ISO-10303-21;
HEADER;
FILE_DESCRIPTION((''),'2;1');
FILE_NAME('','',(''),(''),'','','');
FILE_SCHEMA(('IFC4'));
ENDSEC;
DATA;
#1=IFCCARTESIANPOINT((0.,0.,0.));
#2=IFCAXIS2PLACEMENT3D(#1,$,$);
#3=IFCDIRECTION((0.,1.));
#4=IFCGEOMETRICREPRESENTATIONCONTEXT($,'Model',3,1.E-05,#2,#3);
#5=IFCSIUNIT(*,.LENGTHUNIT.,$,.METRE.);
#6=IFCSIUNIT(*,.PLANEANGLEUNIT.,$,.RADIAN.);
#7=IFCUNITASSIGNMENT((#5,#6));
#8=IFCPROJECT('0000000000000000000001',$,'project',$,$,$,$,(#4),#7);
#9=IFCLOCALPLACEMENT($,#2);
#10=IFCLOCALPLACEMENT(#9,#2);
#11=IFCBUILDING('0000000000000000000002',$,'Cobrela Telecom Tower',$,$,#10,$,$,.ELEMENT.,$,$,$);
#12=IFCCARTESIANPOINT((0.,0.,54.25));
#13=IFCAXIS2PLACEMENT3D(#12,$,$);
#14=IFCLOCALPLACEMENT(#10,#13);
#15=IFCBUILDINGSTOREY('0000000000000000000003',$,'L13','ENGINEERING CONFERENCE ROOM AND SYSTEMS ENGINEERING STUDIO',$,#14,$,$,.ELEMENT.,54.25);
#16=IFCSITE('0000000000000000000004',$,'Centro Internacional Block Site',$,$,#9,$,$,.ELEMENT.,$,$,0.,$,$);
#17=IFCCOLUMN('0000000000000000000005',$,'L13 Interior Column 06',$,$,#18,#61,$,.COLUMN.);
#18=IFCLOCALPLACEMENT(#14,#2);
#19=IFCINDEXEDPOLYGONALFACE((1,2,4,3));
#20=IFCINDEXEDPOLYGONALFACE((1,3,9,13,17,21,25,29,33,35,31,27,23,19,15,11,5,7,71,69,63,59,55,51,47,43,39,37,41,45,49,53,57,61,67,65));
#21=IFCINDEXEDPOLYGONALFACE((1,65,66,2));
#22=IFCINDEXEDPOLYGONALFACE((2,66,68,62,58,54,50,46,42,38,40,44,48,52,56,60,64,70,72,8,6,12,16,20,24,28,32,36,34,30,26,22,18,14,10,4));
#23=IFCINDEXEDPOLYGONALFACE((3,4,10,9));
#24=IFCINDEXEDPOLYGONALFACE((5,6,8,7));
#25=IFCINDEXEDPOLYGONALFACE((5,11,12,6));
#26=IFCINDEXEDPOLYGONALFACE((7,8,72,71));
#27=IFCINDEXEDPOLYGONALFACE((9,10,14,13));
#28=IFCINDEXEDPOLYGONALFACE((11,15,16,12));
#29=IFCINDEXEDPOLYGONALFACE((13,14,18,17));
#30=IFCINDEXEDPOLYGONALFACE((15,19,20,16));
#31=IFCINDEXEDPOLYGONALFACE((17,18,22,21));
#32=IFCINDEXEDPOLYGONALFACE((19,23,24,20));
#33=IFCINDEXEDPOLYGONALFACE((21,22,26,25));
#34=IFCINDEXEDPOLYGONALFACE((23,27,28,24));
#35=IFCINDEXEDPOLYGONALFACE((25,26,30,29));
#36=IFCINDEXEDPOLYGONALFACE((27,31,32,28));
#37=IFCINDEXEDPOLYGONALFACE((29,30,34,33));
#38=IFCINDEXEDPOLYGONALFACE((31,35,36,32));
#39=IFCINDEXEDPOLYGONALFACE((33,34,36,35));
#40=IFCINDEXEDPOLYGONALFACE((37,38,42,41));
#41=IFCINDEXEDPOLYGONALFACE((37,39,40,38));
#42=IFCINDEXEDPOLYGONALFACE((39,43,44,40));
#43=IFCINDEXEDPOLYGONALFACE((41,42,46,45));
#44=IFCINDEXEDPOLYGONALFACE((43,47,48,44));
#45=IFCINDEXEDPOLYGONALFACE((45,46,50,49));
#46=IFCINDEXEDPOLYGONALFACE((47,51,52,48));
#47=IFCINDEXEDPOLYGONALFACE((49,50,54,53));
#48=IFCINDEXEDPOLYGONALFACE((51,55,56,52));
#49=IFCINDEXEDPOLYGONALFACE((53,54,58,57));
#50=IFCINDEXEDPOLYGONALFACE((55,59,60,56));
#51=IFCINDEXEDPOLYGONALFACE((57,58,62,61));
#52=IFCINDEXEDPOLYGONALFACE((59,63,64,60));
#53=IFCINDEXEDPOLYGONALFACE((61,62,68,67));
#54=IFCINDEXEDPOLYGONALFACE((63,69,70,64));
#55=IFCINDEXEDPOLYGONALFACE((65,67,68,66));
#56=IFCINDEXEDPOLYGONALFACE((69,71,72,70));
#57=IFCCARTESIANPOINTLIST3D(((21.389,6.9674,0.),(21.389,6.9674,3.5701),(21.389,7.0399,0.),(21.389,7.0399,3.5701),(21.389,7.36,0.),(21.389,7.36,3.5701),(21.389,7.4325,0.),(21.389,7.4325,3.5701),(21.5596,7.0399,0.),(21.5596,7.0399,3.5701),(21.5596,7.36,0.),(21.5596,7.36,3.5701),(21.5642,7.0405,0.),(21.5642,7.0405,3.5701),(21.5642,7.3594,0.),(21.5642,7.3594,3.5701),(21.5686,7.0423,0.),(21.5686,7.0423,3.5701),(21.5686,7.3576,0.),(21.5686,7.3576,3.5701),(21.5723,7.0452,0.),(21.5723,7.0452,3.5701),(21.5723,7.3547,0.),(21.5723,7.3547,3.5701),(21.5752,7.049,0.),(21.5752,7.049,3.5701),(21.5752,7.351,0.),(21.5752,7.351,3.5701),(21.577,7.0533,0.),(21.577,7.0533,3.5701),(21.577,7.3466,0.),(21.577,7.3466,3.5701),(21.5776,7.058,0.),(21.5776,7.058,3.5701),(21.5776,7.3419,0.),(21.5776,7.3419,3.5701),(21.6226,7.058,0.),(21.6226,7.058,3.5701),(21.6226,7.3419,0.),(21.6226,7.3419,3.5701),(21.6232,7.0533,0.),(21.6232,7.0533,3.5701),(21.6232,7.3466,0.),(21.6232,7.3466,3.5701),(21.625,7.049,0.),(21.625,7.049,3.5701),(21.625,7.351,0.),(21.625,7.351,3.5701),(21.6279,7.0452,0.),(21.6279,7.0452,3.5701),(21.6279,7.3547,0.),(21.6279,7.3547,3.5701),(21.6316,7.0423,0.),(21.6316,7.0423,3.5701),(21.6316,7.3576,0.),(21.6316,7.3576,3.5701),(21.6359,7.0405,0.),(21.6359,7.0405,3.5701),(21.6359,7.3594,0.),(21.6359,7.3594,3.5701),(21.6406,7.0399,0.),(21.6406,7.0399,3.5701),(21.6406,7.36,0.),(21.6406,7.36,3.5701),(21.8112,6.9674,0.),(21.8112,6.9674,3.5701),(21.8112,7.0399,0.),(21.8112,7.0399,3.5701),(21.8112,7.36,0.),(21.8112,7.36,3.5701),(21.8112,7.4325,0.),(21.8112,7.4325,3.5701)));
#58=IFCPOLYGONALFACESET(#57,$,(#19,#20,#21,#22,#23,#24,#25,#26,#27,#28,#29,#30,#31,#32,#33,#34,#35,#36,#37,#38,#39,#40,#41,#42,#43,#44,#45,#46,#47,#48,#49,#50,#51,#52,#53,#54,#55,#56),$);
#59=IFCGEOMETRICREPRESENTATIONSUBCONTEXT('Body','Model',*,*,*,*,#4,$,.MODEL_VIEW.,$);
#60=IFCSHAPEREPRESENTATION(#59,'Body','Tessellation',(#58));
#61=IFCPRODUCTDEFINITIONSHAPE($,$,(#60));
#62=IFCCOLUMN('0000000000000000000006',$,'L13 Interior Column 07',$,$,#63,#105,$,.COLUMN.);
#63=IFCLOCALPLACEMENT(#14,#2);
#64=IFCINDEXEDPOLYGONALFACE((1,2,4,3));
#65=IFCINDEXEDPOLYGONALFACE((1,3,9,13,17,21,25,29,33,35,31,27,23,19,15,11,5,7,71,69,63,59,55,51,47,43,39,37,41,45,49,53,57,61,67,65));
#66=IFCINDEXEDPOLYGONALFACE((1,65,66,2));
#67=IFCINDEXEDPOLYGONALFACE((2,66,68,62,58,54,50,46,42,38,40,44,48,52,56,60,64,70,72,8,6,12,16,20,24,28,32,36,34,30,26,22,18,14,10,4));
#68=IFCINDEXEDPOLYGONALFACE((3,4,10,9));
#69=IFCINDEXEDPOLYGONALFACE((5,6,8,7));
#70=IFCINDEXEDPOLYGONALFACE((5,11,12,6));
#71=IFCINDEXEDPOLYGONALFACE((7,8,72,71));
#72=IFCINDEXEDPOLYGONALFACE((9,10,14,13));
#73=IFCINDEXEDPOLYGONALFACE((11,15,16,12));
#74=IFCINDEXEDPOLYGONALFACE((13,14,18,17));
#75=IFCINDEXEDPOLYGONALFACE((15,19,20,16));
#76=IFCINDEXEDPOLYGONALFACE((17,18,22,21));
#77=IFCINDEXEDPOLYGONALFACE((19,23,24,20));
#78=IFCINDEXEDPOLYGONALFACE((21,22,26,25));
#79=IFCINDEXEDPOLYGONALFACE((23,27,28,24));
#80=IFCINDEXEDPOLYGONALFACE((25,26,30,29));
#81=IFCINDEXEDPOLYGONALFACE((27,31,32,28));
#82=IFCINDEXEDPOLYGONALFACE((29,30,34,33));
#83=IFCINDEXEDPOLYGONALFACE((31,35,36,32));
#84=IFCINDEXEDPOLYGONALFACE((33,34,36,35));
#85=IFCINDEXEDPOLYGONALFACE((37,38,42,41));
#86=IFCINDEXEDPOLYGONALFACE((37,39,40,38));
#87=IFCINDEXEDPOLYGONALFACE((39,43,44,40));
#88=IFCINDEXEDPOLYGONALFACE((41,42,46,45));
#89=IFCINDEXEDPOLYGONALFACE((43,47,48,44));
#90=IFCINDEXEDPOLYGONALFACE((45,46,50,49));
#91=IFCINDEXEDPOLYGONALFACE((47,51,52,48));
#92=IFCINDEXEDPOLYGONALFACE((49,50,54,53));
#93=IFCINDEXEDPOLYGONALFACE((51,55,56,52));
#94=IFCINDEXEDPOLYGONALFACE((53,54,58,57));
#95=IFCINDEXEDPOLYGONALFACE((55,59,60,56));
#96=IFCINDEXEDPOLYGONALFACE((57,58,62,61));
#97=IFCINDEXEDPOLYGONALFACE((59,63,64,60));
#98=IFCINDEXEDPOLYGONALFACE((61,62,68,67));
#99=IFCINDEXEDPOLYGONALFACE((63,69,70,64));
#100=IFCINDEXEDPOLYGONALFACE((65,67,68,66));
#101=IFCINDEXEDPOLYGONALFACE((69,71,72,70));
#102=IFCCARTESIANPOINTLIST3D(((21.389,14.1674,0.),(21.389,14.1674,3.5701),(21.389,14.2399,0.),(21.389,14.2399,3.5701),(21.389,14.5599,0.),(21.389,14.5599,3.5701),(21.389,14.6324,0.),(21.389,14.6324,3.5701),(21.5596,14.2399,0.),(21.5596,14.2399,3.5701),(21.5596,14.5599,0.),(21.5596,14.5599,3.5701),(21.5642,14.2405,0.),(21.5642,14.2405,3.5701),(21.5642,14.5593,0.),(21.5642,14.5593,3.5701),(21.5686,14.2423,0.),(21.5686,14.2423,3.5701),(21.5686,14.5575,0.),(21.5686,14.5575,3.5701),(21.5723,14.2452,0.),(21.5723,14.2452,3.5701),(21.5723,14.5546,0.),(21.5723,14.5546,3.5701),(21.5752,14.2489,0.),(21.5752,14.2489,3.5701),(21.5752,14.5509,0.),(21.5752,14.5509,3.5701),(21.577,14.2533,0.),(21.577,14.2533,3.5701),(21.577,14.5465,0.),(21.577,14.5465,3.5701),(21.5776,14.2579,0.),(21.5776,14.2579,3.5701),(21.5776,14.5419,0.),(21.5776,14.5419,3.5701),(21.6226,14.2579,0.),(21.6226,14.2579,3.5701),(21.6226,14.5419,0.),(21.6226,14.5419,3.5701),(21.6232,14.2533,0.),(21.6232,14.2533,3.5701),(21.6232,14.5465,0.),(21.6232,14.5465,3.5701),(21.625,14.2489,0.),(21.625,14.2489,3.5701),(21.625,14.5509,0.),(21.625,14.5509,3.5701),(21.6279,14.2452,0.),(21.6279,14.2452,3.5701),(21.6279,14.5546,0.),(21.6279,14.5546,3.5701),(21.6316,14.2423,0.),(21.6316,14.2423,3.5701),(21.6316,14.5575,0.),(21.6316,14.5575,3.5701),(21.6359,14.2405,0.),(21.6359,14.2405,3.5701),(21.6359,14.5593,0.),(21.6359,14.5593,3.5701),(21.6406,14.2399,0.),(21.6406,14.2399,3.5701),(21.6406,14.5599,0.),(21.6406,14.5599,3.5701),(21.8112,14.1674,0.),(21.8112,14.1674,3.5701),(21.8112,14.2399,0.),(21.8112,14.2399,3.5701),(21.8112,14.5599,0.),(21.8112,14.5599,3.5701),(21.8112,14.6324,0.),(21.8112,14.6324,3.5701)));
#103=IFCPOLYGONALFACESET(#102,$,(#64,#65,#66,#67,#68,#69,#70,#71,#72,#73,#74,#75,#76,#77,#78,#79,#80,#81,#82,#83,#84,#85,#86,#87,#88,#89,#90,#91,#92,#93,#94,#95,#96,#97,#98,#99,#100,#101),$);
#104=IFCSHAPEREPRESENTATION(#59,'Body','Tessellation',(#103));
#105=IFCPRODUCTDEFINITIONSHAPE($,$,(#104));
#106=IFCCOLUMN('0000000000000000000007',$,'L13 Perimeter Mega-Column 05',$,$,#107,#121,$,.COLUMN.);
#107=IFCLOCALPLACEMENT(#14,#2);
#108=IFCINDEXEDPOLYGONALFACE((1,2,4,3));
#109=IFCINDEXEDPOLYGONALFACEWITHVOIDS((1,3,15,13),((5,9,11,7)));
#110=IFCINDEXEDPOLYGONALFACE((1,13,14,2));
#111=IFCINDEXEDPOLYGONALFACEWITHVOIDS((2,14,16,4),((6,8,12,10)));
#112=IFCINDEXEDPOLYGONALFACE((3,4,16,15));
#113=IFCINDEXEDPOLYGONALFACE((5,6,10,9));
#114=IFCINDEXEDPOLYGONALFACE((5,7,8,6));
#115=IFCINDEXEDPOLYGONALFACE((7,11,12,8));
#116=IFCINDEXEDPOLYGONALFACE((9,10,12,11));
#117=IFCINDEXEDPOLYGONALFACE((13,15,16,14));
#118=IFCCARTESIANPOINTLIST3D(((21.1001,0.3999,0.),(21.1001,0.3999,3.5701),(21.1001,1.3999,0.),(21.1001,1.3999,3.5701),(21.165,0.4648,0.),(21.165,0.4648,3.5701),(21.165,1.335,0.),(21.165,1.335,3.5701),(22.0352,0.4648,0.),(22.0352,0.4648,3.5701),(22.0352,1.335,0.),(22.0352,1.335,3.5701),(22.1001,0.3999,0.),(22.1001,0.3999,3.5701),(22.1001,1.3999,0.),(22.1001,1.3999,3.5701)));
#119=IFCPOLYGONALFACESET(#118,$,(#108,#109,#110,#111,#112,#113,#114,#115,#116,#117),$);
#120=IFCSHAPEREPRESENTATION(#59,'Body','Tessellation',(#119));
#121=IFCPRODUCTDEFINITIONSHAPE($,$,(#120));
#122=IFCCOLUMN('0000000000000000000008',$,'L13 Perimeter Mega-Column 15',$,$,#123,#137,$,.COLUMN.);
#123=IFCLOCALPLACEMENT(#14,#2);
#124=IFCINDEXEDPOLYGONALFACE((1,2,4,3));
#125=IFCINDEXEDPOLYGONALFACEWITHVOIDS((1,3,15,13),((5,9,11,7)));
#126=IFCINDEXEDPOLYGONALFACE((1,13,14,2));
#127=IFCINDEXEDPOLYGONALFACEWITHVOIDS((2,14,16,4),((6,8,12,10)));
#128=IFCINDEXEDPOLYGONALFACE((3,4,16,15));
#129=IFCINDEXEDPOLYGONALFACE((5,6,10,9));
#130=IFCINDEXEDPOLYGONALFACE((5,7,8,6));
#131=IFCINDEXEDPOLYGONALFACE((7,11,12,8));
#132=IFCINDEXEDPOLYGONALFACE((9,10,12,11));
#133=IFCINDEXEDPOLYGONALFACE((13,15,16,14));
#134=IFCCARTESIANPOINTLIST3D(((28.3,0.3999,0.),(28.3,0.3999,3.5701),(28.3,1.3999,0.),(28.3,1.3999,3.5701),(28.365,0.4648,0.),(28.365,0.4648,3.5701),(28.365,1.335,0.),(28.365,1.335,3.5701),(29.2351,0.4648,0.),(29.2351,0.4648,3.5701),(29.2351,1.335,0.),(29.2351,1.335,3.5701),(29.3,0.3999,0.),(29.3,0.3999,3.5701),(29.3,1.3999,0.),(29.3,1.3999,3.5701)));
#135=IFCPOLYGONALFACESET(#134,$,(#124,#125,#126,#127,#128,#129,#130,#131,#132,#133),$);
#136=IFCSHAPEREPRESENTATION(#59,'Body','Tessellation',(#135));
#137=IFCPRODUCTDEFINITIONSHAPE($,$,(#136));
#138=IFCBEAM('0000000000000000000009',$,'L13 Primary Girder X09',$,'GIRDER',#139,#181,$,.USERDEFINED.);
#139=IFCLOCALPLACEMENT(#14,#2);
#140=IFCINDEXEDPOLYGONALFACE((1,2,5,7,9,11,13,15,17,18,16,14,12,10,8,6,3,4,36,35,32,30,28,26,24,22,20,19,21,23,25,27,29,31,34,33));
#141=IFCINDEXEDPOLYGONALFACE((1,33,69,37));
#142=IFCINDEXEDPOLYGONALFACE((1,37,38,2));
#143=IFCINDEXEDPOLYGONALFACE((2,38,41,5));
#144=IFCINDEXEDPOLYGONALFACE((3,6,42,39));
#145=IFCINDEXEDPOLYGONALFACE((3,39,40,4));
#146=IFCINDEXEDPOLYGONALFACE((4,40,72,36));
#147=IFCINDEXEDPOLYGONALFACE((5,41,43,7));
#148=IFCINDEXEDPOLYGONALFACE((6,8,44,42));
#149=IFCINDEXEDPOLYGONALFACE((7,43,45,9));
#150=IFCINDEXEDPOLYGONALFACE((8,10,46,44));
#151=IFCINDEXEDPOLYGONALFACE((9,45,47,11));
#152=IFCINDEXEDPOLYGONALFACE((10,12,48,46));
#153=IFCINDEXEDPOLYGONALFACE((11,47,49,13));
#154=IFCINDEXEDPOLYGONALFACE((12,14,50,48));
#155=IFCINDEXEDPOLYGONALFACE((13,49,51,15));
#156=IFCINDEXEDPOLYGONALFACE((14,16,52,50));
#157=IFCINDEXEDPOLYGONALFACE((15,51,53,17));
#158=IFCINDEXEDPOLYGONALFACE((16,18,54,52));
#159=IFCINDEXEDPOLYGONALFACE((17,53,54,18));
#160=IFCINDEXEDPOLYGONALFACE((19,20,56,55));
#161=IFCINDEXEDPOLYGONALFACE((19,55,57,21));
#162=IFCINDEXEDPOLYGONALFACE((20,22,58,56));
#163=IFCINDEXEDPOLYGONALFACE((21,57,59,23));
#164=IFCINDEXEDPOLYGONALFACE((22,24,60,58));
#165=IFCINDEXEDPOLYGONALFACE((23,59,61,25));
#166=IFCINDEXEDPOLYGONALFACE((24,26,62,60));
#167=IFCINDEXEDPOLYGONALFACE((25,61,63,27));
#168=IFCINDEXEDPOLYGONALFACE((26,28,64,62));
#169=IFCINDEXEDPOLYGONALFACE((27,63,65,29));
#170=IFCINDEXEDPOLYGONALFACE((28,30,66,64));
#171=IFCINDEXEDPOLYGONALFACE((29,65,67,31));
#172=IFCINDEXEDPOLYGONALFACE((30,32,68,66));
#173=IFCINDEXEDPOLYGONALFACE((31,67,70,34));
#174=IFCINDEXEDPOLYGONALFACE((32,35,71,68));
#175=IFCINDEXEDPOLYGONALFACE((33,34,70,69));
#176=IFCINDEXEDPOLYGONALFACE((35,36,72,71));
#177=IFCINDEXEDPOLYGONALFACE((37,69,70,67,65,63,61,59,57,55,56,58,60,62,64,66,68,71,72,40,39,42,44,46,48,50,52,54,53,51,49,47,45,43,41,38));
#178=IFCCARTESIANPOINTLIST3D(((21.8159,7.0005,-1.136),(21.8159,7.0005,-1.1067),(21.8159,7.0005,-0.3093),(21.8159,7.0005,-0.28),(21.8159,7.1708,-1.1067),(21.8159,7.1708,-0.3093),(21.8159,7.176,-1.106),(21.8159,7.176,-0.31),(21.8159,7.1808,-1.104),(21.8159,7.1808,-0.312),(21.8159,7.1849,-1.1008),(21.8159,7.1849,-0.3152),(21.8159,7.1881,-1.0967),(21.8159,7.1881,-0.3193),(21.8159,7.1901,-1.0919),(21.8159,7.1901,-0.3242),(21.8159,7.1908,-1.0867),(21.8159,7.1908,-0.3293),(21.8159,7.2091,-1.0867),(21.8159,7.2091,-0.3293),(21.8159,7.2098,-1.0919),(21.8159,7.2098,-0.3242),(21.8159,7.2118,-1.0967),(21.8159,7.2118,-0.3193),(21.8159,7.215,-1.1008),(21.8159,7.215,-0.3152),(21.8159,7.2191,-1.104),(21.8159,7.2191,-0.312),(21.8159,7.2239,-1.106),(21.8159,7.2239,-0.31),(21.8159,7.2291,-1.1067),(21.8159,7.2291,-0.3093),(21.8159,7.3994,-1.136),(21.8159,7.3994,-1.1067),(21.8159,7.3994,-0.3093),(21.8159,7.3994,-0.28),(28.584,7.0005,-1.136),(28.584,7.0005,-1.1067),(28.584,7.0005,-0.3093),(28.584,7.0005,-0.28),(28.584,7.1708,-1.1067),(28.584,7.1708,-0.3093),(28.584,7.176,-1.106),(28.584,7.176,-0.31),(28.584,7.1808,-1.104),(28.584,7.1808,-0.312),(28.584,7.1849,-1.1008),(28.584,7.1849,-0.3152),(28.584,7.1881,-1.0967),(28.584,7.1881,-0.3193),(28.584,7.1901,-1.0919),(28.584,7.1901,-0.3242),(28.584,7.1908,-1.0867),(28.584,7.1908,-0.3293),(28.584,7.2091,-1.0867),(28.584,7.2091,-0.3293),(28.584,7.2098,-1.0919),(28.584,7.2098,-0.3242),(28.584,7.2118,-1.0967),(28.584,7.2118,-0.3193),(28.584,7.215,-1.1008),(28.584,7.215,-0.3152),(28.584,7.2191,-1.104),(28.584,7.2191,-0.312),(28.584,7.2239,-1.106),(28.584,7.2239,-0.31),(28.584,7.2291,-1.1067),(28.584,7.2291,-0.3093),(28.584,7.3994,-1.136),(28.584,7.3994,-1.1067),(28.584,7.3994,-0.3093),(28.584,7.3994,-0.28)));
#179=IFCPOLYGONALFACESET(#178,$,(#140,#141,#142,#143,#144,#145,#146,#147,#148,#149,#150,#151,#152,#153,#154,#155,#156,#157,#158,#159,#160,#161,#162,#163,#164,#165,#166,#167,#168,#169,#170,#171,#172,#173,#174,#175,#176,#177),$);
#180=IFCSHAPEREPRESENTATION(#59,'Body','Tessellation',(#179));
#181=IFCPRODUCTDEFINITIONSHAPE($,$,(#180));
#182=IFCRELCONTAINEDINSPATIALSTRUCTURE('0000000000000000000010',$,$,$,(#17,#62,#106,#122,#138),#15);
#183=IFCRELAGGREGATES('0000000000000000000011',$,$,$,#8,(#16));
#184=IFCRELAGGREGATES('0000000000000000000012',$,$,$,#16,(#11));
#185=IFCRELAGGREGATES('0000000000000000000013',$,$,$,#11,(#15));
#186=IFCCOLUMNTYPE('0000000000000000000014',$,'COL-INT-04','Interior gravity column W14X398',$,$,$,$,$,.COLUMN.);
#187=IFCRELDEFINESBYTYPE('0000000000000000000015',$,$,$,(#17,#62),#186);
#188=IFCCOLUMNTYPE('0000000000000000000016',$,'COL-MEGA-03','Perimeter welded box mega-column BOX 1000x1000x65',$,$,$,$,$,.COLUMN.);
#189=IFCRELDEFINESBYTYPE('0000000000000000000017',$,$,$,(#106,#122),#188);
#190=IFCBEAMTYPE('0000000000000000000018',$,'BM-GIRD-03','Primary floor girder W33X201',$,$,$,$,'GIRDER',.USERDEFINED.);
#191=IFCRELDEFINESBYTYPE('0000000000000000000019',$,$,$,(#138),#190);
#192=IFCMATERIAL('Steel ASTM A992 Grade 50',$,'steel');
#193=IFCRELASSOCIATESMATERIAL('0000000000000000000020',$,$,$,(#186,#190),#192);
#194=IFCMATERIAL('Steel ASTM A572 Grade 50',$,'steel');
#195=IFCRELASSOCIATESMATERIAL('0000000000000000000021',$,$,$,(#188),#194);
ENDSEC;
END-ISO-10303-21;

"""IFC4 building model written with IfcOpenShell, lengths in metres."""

from ifc_helpers import new_model, si_unit, direction, frame, origin, origin_2d, place, context, subcontext, project, spatial, hollow_rectangle, i_section, extrude, material, material_profile, profile_set, type_object, element, save


model = new_model("IFC4")

# Units and contexts
model_context = context("Model", 3, precision=1e-05, world=origin(), true_north=direction((0.0, 1.0)))
body_context = subcontext(model_context, "Body", "Model", "MODEL_VIEW")
ifc_project = project(units=[si_unit("LENGTHUNIT", "METRE"), si_unit("PLANEANGLEUNIT", "RADIAN")], contexts=[model_context])

# Site, building, storey
site_placement = place(None, origin())
site = spatial("IfcSite", under=ifc_project, at=site_placement, Name="Centro Internacional Block Site", CompositionType="ELEMENT", RefElevation=0.0)
building_placement = place(site_placement, origin())
building = spatial("IfcBuilding", under=site, at=building_placement, Name="Cobrela Telecom Tower", CompositionType="ELEMENT")
storey_placement = place(building_placement, frame((0.0, 0.0, 54.25)))
storey = spatial("IfcBuildingStorey", under=building, at=storey_placement, Name="L13", Description="ENGINEERING CONFERENCE ROOM AND SYSTEMS ENGINEERING STUDIO", CompositionType="ELEMENT", Elevation=54.25)

# Columns
ifc_material_1 = material(Name="Steel ASTM A992 Grade 50", Category="steel")
ifc_material_profile_1 = material_profile(ifc_material_1, i_section(OverallWidth=0.4221, OverallDepth=0.4651, WebThickness=0.0449, FlangeThickness=0.0725, FilletRadius=0.0181, at=origin_2d()), Name="W14X398")
ifc_profile_set_1 = profile_set([ifc_material_profile_1], Name="Steel ASTM A992 Grade 50")
column_type_1 = type_object("IfcColumnType", Name="COL-INT-04", Description="Interior gravity column W14X398", PredefinedType="COLUMN", material=ifc_profile_set_1)
for number, where, z_axis, x_axis, name in (
    (1, (21.6001, 7.2, 0.0), (0.0, 0.0, 1.0), (1.0, 0.0, 0.0), "L13 Interior Column 06"),
    (2, (21.6001, 14.3999, 0.0), (0.0, 0.0, 1.0), (1.0, 0.0, 0.0), "L13 Interior Column 07"),
):
    element("IfcColumn", number, at=place(storey_placement, frame(where, z_axis=z_axis, x_axis=x_axis)), inside=storey, type_object=column_type_1, Name=name, PredefinedType="COLUMN", context=body_context, shape_type="SweptSolid", body=[
        extrude(i_section(OverallWidth=0.4221, OverallDepth=0.4651, WebThickness=0.0449, FlangeThickness=0.0725, FilletRadius=0.0181, at=origin_2d()), origin(), (0.0, 0.0, 1.0), 3.5701),
    ])
ifc_material_2 = material(Name="Steel ASTM A572 Grade 50", Category="steel")
ifc_material_profile_2 = material_profile(ifc_material_2, hollow_rectangle(XDim=1.0, YDim=1.0, WallThickness=0.0649, at=origin_2d()), Name="BOX 1000x1000x65")
ifc_profile_set_2 = profile_set([ifc_material_profile_2], Name="Steel ASTM A572 Grade 50")
column_type_2 = type_object("IfcColumnType", Name="COL-MEGA-03", Description="Perimeter welded box mega-column BOX 1000x1000x65", PredefinedType="COLUMN", material=ifc_profile_set_2)
for number, where, z_axis, x_axis, name in (
    (3, (21.6001, 0.8999, 0.0), (0.0, 0.0, 1.0), (1.0, 0.0, 0.0), "L13 Perimeter Mega-Column 05"),
    (4, (28.8, 0.8999, 0.0), (0.0, 0.0, 1.0), (1.0, 0.0, 0.0), "L13 Perimeter Mega-Column 15"),
):
    element("IfcColumn", number, at=place(storey_placement, frame(where, z_axis=z_axis, x_axis=x_axis)), inside=storey, type_object=column_type_2, Name=name, PredefinedType="COLUMN", context=body_context, shape_type="SweptSolid", body=[
        extrude(hollow_rectangle(XDim=1.0, YDim=1.0, WallThickness=0.0649, at=origin_2d()), origin(), (0.0, 0.0, 1.0), 3.5701),
    ])

# Beam
ifc_material_profile_3 = material_profile(ifc_material_1, i_section(OverallWidth=0.3989, OverallDepth=0.856, WebThickness=0.0183, FlangeThickness=0.0293, FilletRadius=0.02, at=origin_2d()), Name="W33X201")
ifc_profile_set_3 = profile_set([ifc_material_profile_3], Name="Steel ASTM A992 Grade 50")
beam_type_1 = type_object("IfcBeamType", Name="BM-GIRD-03", Description="Primary floor girder W33X201", ElementType="GIRDER", PredefinedType="USERDEFINED", material=ifc_profile_set_3)
for number, where, z_axis, x_axis, name in (
    (5, (21.8159, 7.2, -0.708), (1.0, 0.0, 0.0), (0.0, 1.0, 0.0), "L13 Primary Girder X09"),
):
    element("IfcBeam", number, at=place(storey_placement, frame(where, z_axis=z_axis, x_axis=x_axis)), inside=storey, type_object=beam_type_1, Name=name, ObjectType="GIRDER", PredefinedType="USERDEFINED", context=body_context, shape_type="SweptSolid", body=[
        extrude(i_section(OverallWidth=0.3989, OverallDepth=0.856, WebThickness=0.0183, FlangeThickness=0.0293, FilletRadius=0.02, at=origin_2d()), origin(), (0.0, 0.0, 1.0), 6.7681),
    ])

save(model, "model.ifc")
